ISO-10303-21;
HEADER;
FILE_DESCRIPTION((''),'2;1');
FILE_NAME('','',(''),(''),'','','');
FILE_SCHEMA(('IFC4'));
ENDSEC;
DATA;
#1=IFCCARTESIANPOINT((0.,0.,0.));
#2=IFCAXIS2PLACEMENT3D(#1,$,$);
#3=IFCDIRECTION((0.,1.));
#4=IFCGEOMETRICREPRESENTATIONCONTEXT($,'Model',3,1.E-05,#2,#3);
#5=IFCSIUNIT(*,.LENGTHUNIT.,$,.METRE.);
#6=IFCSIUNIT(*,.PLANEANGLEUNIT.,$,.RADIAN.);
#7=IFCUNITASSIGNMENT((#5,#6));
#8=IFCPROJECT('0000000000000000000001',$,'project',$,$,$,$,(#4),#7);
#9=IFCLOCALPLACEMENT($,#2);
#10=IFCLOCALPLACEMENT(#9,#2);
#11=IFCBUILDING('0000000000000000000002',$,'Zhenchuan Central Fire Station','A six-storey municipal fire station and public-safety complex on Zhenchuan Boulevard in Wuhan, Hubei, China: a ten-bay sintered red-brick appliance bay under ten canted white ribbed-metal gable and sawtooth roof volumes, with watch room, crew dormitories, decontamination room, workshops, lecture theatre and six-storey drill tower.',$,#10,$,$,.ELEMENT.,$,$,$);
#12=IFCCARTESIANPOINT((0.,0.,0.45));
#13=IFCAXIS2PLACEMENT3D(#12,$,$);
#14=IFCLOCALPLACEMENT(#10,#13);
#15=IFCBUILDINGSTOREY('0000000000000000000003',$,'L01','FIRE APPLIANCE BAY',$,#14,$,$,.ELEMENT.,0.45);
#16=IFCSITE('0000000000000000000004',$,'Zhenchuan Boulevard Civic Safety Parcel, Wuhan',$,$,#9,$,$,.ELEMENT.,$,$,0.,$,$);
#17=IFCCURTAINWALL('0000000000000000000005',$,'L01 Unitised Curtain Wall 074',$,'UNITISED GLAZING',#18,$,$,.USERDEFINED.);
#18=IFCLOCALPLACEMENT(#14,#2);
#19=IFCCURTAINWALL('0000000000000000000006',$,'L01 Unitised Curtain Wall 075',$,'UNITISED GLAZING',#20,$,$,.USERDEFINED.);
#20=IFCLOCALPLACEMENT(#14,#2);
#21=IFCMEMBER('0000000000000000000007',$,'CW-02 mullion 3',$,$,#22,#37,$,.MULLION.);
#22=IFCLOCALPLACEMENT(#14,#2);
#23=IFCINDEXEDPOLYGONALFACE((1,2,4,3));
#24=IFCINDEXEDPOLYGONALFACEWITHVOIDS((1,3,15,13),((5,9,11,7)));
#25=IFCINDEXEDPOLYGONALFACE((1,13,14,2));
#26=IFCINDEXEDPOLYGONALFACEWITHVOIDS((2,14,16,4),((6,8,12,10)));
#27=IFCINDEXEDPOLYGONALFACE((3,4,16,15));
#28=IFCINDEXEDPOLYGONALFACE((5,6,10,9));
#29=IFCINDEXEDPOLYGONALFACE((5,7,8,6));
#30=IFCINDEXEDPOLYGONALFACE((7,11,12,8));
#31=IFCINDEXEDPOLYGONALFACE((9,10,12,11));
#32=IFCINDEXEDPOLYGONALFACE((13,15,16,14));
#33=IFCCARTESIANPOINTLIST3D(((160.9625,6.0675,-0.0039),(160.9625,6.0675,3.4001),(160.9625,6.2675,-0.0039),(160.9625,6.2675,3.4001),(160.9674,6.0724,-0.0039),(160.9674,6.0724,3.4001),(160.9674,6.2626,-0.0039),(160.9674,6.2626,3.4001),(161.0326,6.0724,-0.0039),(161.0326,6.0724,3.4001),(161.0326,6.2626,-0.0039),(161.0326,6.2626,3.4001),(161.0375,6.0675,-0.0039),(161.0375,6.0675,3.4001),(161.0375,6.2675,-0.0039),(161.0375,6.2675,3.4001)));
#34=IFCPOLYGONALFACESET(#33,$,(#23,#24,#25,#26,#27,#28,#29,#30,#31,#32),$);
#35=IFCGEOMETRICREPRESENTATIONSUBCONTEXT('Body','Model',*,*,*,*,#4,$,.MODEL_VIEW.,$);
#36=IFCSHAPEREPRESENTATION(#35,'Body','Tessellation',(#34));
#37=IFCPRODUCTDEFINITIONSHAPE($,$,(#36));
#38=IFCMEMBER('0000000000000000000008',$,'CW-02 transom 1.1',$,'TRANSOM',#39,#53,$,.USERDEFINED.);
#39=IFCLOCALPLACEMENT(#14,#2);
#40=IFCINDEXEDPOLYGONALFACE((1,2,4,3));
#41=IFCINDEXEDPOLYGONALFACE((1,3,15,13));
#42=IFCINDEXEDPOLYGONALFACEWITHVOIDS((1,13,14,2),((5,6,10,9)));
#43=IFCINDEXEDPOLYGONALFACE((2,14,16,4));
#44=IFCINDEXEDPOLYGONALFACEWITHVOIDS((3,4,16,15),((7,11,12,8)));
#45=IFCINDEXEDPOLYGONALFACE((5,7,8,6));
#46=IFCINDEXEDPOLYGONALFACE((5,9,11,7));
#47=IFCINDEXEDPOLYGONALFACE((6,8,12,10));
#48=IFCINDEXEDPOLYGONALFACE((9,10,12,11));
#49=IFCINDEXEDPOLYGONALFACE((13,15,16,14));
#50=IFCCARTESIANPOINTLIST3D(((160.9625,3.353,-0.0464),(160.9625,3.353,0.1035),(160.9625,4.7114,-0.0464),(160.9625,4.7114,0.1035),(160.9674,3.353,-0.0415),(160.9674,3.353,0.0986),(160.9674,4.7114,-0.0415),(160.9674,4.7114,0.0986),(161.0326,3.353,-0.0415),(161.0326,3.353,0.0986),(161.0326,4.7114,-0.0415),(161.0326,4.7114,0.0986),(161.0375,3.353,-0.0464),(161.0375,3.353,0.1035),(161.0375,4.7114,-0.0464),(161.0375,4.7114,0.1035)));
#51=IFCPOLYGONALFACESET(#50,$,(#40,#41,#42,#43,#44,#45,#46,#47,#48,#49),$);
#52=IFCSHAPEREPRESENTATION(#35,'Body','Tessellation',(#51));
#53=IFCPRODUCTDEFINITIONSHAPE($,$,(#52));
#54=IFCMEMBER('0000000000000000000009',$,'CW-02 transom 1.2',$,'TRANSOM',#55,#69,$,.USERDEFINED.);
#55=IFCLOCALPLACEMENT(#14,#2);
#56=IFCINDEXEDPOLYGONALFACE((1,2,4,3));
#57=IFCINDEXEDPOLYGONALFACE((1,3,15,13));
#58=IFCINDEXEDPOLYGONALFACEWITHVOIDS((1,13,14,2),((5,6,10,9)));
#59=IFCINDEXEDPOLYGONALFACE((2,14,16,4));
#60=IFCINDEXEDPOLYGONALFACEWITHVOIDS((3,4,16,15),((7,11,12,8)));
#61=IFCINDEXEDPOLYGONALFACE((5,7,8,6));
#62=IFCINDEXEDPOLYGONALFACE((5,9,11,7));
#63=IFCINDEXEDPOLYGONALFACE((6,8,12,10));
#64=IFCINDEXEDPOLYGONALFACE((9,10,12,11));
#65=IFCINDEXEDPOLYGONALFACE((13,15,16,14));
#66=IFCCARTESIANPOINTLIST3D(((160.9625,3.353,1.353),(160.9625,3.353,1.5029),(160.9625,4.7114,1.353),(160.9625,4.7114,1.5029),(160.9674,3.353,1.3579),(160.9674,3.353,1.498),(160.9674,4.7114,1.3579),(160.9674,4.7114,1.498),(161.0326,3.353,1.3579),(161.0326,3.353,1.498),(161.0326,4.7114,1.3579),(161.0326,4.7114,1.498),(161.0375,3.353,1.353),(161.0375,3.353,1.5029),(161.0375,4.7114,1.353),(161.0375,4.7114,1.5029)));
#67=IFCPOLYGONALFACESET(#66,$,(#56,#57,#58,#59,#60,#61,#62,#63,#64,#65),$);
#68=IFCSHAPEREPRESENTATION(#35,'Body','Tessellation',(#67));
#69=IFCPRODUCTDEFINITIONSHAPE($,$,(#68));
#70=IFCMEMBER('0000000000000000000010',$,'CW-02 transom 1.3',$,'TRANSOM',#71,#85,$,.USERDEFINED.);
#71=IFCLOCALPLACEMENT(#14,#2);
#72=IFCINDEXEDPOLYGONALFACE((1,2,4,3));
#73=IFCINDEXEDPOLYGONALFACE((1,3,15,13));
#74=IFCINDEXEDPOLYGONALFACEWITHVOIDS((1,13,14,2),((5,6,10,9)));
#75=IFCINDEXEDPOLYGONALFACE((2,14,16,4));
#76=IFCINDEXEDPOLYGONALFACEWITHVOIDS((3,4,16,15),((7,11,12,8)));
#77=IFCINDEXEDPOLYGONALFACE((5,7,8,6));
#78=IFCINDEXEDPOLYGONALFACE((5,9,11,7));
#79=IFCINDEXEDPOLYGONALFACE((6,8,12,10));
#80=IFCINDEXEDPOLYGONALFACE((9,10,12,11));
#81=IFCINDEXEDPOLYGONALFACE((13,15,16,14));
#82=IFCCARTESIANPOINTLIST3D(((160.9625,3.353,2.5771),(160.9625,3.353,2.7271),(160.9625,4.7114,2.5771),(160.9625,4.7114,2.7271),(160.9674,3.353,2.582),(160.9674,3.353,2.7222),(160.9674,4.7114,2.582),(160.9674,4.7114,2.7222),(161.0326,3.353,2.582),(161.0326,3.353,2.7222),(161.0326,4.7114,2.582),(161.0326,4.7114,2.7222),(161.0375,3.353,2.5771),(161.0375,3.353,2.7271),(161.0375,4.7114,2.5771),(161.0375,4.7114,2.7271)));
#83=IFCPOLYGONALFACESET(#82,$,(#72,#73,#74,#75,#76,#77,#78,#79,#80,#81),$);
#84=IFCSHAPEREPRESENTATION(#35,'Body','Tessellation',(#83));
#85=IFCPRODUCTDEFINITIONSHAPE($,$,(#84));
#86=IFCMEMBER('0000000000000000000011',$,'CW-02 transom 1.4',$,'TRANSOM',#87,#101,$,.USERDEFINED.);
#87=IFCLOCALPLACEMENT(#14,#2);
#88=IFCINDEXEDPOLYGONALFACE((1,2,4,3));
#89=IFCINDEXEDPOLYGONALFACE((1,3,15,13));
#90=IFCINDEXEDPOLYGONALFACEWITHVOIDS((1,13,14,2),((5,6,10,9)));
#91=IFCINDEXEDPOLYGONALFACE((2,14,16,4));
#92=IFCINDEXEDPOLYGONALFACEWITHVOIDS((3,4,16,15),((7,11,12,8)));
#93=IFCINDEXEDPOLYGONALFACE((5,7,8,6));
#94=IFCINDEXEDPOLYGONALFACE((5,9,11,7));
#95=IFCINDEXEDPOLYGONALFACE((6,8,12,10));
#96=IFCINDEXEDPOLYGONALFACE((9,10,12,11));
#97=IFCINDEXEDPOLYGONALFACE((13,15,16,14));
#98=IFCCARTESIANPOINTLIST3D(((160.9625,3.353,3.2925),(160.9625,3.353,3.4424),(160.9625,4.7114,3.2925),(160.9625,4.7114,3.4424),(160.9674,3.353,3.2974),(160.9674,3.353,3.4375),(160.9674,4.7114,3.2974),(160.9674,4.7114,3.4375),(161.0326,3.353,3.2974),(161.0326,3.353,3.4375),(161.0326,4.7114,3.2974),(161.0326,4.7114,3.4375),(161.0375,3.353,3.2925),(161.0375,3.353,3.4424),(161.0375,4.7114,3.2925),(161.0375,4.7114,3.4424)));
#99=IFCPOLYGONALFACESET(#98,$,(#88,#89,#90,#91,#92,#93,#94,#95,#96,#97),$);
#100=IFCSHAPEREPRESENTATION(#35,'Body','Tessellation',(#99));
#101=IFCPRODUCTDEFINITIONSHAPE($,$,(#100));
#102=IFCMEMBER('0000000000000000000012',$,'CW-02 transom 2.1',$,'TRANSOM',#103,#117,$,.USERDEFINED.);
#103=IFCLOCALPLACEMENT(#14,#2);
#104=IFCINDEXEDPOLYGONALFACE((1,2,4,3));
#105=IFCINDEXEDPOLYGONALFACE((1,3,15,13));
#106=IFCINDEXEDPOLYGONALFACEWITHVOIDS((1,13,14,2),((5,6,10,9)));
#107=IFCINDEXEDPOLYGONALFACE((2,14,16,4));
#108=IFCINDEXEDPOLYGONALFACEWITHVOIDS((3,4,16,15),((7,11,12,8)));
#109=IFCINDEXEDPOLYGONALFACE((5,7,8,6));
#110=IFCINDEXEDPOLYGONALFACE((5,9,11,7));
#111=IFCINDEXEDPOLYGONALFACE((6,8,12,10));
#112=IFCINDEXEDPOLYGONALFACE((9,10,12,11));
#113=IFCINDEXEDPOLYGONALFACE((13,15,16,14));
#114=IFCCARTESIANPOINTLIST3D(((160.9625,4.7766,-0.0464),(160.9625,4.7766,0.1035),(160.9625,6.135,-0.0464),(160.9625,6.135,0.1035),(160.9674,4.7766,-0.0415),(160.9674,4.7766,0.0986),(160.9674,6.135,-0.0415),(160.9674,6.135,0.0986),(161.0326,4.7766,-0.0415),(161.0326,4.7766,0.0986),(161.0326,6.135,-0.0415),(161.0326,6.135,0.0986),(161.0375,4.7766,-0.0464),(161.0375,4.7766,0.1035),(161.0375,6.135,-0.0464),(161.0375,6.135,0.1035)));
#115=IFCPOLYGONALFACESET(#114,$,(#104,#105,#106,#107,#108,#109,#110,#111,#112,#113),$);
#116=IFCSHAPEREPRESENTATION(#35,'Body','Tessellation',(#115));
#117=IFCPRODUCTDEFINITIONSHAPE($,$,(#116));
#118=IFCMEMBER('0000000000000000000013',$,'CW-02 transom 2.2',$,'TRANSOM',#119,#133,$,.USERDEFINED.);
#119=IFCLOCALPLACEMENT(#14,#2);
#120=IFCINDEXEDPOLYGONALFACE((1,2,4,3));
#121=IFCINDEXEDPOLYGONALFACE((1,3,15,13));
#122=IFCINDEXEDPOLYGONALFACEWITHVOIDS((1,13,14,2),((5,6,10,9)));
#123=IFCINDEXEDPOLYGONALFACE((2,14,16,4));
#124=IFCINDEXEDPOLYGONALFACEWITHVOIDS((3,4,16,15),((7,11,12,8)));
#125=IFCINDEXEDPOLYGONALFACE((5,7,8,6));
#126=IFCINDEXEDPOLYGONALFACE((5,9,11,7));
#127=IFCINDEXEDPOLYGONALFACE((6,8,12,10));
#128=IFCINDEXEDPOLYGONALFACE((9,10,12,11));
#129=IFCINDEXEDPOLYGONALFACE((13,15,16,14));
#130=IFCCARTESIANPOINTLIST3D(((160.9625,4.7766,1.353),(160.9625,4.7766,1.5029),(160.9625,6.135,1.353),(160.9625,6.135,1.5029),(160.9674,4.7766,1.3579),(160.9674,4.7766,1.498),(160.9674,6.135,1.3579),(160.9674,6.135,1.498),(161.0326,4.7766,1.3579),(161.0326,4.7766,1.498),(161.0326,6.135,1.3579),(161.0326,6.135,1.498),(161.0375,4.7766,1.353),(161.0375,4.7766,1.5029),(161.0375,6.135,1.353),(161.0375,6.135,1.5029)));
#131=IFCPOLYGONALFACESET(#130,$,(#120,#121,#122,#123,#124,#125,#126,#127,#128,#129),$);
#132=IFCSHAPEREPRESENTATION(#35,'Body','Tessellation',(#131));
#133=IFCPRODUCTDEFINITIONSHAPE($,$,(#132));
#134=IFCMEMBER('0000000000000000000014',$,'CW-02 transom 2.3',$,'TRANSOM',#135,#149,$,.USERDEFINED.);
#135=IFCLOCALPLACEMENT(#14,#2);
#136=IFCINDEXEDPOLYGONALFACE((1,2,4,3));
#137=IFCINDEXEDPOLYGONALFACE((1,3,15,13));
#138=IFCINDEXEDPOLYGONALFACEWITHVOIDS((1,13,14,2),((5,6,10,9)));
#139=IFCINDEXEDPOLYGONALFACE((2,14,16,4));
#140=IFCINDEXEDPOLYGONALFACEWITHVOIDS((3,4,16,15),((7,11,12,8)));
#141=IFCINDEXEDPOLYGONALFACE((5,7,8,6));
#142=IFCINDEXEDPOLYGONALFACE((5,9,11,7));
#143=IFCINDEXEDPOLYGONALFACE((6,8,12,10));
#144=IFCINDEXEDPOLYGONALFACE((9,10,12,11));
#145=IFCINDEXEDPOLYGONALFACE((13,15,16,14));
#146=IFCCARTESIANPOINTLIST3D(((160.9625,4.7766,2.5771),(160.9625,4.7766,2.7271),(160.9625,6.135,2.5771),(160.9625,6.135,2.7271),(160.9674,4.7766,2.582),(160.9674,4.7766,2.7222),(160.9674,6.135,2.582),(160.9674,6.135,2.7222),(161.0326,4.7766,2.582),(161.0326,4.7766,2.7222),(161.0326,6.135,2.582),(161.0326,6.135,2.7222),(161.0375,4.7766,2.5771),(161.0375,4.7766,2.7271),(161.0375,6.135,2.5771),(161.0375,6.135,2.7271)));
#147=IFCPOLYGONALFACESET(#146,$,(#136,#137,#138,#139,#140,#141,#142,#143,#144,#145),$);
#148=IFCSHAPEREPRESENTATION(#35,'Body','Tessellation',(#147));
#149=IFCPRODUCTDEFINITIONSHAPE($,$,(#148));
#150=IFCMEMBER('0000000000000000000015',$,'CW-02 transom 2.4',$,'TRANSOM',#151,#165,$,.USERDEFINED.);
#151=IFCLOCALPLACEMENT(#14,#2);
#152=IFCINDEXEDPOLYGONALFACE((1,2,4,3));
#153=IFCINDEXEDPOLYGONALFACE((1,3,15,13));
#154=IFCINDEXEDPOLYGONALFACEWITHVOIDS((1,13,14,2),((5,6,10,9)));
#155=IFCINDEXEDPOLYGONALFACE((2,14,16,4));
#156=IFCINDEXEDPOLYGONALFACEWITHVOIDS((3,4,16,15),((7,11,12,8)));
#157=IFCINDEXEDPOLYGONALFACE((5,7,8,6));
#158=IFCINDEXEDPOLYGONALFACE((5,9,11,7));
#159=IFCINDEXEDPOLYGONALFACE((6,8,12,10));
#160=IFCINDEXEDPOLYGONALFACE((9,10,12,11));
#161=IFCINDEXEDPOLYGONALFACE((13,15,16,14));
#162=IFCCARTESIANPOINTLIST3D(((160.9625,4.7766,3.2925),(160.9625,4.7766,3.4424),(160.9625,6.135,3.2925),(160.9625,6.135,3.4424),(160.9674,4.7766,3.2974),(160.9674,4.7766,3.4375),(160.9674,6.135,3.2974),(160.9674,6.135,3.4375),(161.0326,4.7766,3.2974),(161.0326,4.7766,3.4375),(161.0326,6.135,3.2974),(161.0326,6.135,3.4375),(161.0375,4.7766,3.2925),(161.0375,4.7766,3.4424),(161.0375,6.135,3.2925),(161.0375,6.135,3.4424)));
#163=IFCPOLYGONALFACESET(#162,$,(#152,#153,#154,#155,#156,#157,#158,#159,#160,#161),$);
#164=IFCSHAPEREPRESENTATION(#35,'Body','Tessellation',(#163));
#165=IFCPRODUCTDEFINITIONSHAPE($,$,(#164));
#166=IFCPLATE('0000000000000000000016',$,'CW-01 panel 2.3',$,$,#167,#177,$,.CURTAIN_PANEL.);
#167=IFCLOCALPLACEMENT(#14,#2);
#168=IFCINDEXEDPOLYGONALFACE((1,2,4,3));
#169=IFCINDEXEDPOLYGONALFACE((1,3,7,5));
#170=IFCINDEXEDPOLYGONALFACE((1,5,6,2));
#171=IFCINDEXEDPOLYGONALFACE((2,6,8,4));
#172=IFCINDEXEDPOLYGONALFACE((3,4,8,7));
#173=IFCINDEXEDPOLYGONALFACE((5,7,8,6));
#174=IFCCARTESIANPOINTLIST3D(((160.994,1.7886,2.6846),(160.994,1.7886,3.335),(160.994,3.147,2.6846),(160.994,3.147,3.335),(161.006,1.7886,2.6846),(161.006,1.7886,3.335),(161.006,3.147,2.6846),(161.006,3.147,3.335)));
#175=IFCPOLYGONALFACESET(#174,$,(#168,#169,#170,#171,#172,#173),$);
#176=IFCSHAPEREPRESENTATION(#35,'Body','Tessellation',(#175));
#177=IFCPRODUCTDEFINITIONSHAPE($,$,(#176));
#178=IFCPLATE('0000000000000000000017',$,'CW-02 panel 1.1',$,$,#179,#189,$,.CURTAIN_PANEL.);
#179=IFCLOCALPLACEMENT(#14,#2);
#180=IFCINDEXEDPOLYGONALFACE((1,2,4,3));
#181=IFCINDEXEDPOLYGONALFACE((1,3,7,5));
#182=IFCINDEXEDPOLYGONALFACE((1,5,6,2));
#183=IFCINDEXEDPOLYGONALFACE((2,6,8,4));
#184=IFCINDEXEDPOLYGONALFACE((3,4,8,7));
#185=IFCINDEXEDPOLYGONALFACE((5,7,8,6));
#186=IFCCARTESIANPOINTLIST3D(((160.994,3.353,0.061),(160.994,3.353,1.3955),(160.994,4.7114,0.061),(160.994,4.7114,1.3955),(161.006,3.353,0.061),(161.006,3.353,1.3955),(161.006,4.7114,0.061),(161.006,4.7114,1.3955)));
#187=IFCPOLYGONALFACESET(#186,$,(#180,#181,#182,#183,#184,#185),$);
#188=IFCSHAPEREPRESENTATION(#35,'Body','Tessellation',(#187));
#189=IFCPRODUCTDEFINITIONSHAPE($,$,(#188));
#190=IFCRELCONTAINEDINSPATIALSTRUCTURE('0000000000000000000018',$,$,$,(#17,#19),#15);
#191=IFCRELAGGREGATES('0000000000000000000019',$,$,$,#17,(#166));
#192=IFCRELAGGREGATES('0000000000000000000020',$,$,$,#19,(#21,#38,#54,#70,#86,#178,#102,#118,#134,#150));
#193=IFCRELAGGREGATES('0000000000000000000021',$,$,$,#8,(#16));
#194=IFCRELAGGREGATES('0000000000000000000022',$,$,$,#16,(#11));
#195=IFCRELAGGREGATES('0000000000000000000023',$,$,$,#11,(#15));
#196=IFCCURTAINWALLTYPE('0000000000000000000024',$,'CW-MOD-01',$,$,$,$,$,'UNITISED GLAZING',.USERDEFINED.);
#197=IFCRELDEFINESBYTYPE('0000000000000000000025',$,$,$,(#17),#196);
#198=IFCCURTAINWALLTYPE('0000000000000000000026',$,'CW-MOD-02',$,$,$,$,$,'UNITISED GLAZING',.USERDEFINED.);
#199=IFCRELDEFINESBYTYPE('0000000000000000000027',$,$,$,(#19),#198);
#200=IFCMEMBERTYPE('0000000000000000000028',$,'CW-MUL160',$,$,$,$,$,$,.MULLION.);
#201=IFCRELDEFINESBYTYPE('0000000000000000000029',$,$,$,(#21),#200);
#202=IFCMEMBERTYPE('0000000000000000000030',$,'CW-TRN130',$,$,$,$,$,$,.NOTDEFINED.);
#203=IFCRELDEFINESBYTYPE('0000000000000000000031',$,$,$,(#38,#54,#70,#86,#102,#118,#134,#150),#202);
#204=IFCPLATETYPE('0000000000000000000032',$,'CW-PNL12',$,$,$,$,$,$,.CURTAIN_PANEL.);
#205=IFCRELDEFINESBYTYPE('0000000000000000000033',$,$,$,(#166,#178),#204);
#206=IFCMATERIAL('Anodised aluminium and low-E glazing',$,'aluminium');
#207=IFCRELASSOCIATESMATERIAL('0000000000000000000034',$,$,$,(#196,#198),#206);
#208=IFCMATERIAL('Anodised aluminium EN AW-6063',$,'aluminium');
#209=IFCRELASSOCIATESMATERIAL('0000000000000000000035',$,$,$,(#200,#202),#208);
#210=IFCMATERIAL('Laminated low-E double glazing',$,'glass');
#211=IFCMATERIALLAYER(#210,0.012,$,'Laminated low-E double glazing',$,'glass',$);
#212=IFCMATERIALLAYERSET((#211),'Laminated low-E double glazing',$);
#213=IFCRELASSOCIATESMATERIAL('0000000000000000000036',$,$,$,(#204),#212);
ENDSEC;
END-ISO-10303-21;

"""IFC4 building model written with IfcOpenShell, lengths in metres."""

from ifc_helpers import new_model, si_unit, direction, frame, origin, origin_2d, place, context, subcontext, project, spatial, rectangle, hollow_rectangle, extrude, material, layer, layer_set, material_profile, profile_set, type_object, element, aggregate, save


model = new_model("IFC4")

# Units and contexts
model_context = context("Model", 3, precision=1e-05, world=origin(), true_north=direction((0.0, 1.0)))
body_context = subcontext(model_context, "Body", "Model", "MODEL_VIEW")
ifc_project = project(units=[si_unit("LENGTHUNIT", "METRE"), si_unit("PLANEANGLEUNIT", "RADIAN")], contexts=[model_context])

# Site, building, storey
site_placement = place(None, origin())
site = spatial("IfcSite", under=ifc_project, at=site_placement, Name="Zhenchuan Boulevard Civic Safety Parcel, Wuhan", CompositionType="ELEMENT", RefElevation=0.0)
building_placement = place(site_placement, origin())
building = spatial("IfcBuilding", under=site, at=building_placement, Name="Zhenchuan Central Fire Station", Description="A six-storey municipal fire station and public-safety complex on Zhenchuan Boulevard in Wuhan, Hubei, China: a ten-bay sintered red-brick appliance bay under ten canted white ribbed-metal gable and sawtooth roof volumes, with watch room, crew dormitories, decontamination room, workshops, lecture theatre and six-storey drill tower.", CompositionType="ELEMENT")
storey_placement = place(building_placement, frame((0.0, 0.0, 0.45)))
storey = spatial("IfcBuildingStorey", under=building, at=storey_placement, Name="L01", Description="FIRE APPLIANCE BAY", CompositionType="ELEMENT", Elevation=0.45)

# Curtain wall
ifc_material_1 = material(Name="Anodised aluminium and low-E glazing", Category="aluminium")
curtain_wall_type_1 = type_object("IfcCurtainWallType", Name="CW-MOD-01", ElementType="UNITISED GLAZING", PredefinedType="USERDEFINED", material=ifc_material_1)
curtain_wall_1_placement = place(storey_placement, origin())
curtain_wall_1 = element("IfcCurtainWall", 1, at=curtain_wall_1_placement, inside=storey, type_object=curtain_wall_type_1, Name="L01 Unitised Curtain Wall 074", ObjectType="UNITISED GLAZING", PredefinedType="USERDEFINED")
ifc_material_2 = material(Name="Anodised aluminium EN AW-6063", Category="aluminium")
ifc_material_profile_1 = material_profile(ifc_material_2, hollow_rectangle(XDim=0.075, YDim=0.2, WallThickness=0.0049, at=origin_2d()), Name="ALU-M 200x75")
ifc_profile_set_1 = profile_set([ifc_material_profile_1], Name="Anodised aluminium EN AW-6063")
member_type_1 = type_object("IfcMemberType", Name="CW-MUL160", PredefinedType="MULLION", material=ifc_profile_set_1)

# Curtain wall, members
curtain_wall_type_2 = type_object("IfcCurtainWallType", Name="CW-MOD-02", ElementType="UNITISED GLAZING", PredefinedType="USERDEFINED", material=ifc_material_1)
curtain_wall_2_placement = place(storey_placement, origin())
curtain_wall_2 = element("IfcCurtainWall", 2, at=curtain_wall_2_placement, inside=storey, type_object=curtain_wall_type_2, Name="L01 Unitised Curtain Wall 075", ObjectType="UNITISED GLAZING", PredefinedType="USERDEFINED")
member_1_placement = place(storey_placement, frame((161.0, 6.1675, -0.0039), z_axis=(0.0, 0.0, 1.0), x_axis=(-1.0, 0.0, 0.0)))
member_1 = element("IfcMember", 3, at=member_1_placement, type_object=member_type_1, Name="CW-02 mullion 3", PredefinedType="MULLION", context=body_context, shape_type="SweptSolid", body=[
    extrude(hollow_rectangle(XDim=0.075, YDim=0.2, WallThickness=0.0049, at=origin_2d()), origin(), (0.0, 0.0, 1.0), 3.4041),
])
ifc_material_profile_2 = material_profile(ifc_material_2, hollow_rectangle(XDim=0.075, YDim=0.1499, WallThickness=0.0049, at=origin_2d()), Name="ALU-T 150x75")
ifc_profile_set_2 = profile_set([ifc_material_profile_2], Name="Anodised aluminium EN AW-6063")
member_type_2 = type_object("IfcMemberType", Name="CW-TRN130", PredefinedType="NOTDEFINED", material=ifc_profile_set_2)
member_2_placement = place(storey_placement, frame((161.0, 3.353, 0.0286), z_axis=(0.0, 1.0, 0.0), x_axis=(-1.0, 0.0, 0.0)))
member_2 = element("IfcMember", 4, at=member_2_placement, type_object=member_type_2, Name="CW-02 transom 1.1", ObjectType="TRANSOM", PredefinedType="USERDEFINED", context=body_context, shape_type="SweptSolid", body=[
    extrude(hollow_rectangle(XDim=0.075, YDim=0.1499, WallThickness=0.0049, at=origin_2d()), origin(), (0.0, 0.0, 1.0), 1.3584),
])
member_3_placement = place(storey_placement, frame((161.0, 3.353, 1.428), z_axis=(0.0, 1.0, 0.0), x_axis=(-1.0, 0.0, 0.0)))
member_3 = element("IfcMember", 5, at=member_3_placement, type_object=member_type_2, Name="CW-02 transom 1.2", ObjectType="TRANSOM", PredefinedType="USERDEFINED", context=body_context, shape_type="SweptSolid", body=[
    extrude(hollow_rectangle(XDim=0.075, YDim=0.1499, WallThickness=0.0049, at=origin_2d()), origin(), (0.0, 0.0, 1.0), 1.3584),
])
member_4_placement = place(storey_placement, frame((161.0, 3.353, 2.6521), z_axis=(0.0, 1.0, 0.0), x_axis=(-1.0, 0.0, 0.0)))
member_4 = element("IfcMember", 6, at=member_4_placement, type_object=member_type_2, Name="CW-02 transom 1.3", ObjectType="TRANSOM", PredefinedType="USERDEFINED", context=body_context, shape_type="SweptSolid", body=[
    extrude(hollow_rectangle(XDim=0.075, YDim=0.1499, WallThickness=0.0049, at=origin_2d()), origin(), (0.0, 0.0, 1.0), 1.3584),
])
member_5_placement = place(storey_placement, frame((161.0, 3.353, 3.3674), z_axis=(0.0, 1.0, 0.0), x_axis=(-1.0, 0.0, 0.0)))
member_5 = element("IfcMember", 7, at=member_5_placement, type_object=member_type_2, Name="CW-02 transom 1.4", ObjectType="TRANSOM", PredefinedType="USERDEFINED", context=body_context, shape_type="SweptSolid", body=[
    extrude(hollow_rectangle(XDim=0.075, YDim=0.1499, WallThickness=0.0049, at=origin_2d()), origin(), (0.0, 0.0, 1.0), 1.3584),
])
member_6_placement = place(storey_placement, frame((161.0, 4.7766, 0.0286), z_axis=(0.0, 1.0, 0.0), x_axis=(-1.0, 0.0, 0.0)))
member_6 = element("IfcMember", 8, at=member_6_placement, type_object=member_type_2, Name="CW-02 transom 2.1", ObjectType="TRANSOM", PredefinedType="USERDEFINED", context=body_context, shape_type="SweptSolid", body=[
    extrude(hollow_rectangle(XDim=0.075, YDim=0.1499, WallThickness=0.0049, at=origin_2d()), origin(), (0.0, 0.0, 1.0), 1.3584),
])
member_7_placement = place(storey_placement, frame((161.0, 4.7766, 1.428), z_axis=(0.0, 1.0, 0.0), x_axis=(-1.0, 0.0, 0.0)))
member_7 = element("IfcMember", 9, at=member_7_placement, type_object=member_type_2, Name="CW-02 transom 2.2", ObjectType="TRANSOM", PredefinedType="USERDEFINED", context=body_context, shape_type="SweptSolid", body=[
    extrude(hollow_rectangle(XDim=0.075, YDim=0.1499, WallThickness=0.0049, at=origin_2d()), origin(), (0.0, 0.0, 1.0), 1.3584),
])
member_8_placement = place(storey_placement, frame((161.0, 4.7766, 2.6521), z_axis=(0.0, 1.0, 0.0), x_axis=(-1.0, 0.0, 0.0)))
member_8 = element("IfcMember", 10, at=member_8_placement, type_object=member_type_2, Name="CW-02 transom 2.3", ObjectType="TRANSOM", PredefinedType="USERDEFINED", context=body_context, shape_type="SweptSolid", body=[
    extrude(hollow_rectangle(XDim=0.075, YDim=0.1499, WallThickness=0.0049, at=origin_2d()), origin(), (0.0, 0.0, 1.0), 1.3584),
])
member_9_placement = place(storey_placement, frame((161.0, 4.7766, 3.3674), z_axis=(0.0, 1.0, 0.0), x_axis=(-1.0, 0.0, 0.0)))
member_9 = element("IfcMember", 11, at=member_9_placement, type_object=member_type_2, Name="CW-02 transom 2.4", ObjectType="TRANSOM", PredefinedType="USERDEFINED", context=body_context, shape_type="SweptSolid", body=[
    extrude(hollow_rectangle(XDim=0.075, YDim=0.1499, WallThickness=0.0049, at=origin_2d()), origin(), (0.0, 0.0, 1.0), 1.3584),
])

# Plates
ifc_material_3 = material(Name="Laminated low-E double glazing", Category="glass")
ifc_layer = layer(ifc_material_3, 0.012, Name="Laminated low-E double glazing", Category="glass")
ifc_layer_set = layer_set([ifc_layer], Name="Laminated low-E double glazing")
plate_type = type_object("IfcPlateType", Name="CW-PNL12", PredefinedType="CURTAIN_PANEL", material=ifc_layer_set)
plate_1_placement = place(storey_placement, frame((161.0, 2.4678, 2.6846), z_axis=(0.0, 0.0, 1.0), x_axis=(0.0, 1.0, 0.0)))
plate_1 = element("IfcPlate", 12, at=plate_1_placement, type_object=plate_type, Name="CW-01 panel 2.3", PredefinedType="CURTAIN_PANEL", context=body_context, shape_type="SweptSolid", body=[
    extrude(rectangle(XDim=1.3584, YDim=0.012, at=origin_2d()), origin(), (0.0, 0.0, 1.0), 0.6504),
])
aggregate(curtain_wall_1, [plate_1])
plate_2_placement = place(storey_placement, frame((161.0, 4.0322, 0.061), z_axis=(0.0, 0.0, 1.0), x_axis=(0.0, 1.0, 0.0)))
plate_2 = element("IfcPlate", 13, at=plate_2_placement, type_object=plate_type, Name="CW-02 panel 1.1", PredefinedType="CURTAIN_PANEL", context=body_context, shape_type="SweptSolid", body=[
    extrude(rectangle(XDim=1.3584, YDim=0.012, at=origin_2d()), origin(), (0.0, 0.0, 1.0), 1.3345),
])
aggregate(curtain_wall_2, [member_1, member_2, member_3, member_4, member_5, plate_2, member_6, member_7, member_8, member_9])

save(model, "model.ifc")
